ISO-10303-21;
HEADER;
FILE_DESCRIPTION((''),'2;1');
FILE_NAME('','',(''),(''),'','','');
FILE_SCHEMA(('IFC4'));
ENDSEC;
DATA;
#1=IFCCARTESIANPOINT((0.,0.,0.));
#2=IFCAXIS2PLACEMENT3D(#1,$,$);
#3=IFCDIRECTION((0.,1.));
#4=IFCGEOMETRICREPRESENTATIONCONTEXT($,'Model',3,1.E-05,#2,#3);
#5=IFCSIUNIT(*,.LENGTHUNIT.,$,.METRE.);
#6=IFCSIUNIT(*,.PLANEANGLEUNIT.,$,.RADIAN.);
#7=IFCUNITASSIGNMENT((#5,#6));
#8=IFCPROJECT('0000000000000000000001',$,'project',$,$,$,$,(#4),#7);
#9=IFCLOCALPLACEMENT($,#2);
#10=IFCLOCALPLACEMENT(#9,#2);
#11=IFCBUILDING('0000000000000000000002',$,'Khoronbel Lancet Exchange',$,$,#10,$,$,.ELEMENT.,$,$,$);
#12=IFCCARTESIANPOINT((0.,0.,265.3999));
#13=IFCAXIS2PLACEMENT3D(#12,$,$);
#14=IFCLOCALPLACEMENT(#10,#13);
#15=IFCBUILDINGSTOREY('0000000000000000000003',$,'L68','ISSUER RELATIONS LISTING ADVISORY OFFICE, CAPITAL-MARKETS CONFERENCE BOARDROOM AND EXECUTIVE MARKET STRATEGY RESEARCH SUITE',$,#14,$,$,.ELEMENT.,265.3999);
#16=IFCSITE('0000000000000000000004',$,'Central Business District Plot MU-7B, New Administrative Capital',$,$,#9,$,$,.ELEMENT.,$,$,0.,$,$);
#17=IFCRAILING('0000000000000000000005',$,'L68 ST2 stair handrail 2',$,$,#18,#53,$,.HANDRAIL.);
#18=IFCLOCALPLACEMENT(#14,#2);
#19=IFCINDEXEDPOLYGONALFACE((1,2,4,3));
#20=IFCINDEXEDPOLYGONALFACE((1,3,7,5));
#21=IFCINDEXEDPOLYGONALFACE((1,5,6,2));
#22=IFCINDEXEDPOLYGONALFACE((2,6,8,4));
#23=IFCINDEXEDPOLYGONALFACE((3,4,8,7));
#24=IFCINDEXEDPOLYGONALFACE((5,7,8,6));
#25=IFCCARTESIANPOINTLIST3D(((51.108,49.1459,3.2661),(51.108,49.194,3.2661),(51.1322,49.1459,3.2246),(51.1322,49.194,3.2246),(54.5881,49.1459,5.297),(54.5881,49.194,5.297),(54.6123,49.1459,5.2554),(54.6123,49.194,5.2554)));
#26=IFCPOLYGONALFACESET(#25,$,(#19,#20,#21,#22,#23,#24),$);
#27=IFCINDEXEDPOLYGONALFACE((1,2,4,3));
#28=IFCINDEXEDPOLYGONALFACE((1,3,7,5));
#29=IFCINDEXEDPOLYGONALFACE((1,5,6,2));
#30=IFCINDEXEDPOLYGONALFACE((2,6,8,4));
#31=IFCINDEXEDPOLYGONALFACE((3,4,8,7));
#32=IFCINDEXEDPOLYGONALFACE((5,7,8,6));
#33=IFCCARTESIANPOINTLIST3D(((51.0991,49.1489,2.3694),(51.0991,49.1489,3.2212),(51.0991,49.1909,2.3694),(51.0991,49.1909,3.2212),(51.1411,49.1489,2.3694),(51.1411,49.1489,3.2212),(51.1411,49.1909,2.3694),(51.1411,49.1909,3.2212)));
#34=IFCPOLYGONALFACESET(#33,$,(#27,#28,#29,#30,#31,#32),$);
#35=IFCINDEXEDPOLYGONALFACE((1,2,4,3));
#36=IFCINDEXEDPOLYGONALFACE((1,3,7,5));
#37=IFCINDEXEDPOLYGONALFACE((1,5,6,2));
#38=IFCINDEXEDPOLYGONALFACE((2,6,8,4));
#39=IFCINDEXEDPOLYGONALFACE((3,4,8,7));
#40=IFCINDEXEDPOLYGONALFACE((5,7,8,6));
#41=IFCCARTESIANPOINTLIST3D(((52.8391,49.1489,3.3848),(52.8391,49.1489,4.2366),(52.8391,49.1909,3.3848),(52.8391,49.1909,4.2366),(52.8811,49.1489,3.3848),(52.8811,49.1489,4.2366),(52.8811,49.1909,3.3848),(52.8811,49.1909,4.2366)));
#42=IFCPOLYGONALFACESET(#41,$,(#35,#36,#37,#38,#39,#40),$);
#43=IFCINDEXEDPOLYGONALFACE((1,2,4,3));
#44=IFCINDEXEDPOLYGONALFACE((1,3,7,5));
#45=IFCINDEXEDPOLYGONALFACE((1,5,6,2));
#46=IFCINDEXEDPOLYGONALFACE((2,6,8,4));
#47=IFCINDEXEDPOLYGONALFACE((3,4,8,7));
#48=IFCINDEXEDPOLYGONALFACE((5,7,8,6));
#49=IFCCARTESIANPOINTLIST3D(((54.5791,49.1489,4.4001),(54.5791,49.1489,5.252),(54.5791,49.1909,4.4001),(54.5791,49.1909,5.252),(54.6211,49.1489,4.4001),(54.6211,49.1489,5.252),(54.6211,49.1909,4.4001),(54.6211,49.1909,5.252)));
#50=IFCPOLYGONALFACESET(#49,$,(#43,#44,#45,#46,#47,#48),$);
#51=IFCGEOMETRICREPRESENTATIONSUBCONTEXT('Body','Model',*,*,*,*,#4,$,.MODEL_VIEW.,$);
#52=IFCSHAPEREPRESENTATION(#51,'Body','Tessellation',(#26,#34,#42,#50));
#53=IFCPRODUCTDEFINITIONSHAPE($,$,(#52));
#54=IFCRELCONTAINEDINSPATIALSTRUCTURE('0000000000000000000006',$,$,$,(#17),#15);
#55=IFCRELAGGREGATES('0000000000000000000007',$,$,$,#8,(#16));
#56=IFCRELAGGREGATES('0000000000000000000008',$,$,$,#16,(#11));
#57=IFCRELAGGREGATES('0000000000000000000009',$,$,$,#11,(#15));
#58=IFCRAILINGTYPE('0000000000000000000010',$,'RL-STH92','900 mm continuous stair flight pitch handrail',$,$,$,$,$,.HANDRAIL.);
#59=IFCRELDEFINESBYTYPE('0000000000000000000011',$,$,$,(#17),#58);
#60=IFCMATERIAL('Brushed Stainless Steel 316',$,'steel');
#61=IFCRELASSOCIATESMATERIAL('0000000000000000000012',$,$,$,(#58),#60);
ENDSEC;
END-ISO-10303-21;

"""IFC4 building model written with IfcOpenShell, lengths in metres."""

from ifc_helpers import new_model, si_unit, direction, frame, origin, origin_2d, place, context, subcontext, project, spatial, rectangle, extrude, material, type_object, element, save


model = new_model("IFC4")

# Units and contexts
model_context = context("Model", 3, precision=1e-05, world=origin(), true_north=direction((0.0, 1.0)))
body_context = subcontext(model_context, "Body", "Model", "MODEL_VIEW")
ifc_project = project(units=[si_unit("LENGTHUNIT", "METRE"), si_unit("PLANEANGLEUNIT", "RADIAN")], contexts=[model_context])

# Site, building, storey
site_placement = place(None, origin())
site = spatial("IfcSite", under=ifc_project, at=site_placement, Name="Central Business District Plot MU-7B, New Administrative Capital", CompositionType="ELEMENT", RefElevation=0.0)
building_placement = place(site_placement, origin())
building = spatial("IfcBuilding", under=site, at=building_placement, Name="Khoronbel Lancet Exchange", CompositionType="ELEMENT")
storey_placement = place(building_placement, frame((0.0, 0.0, 265.3999)))
storey = spatial("IfcBuildingStorey", under=building, at=storey_placement, Name="L68", Description="ISSUER RELATIONS LISTING ADVISORY OFFICE, CAPITAL-MARKETS CONFERENCE BOARDROOM AND EXECUTIVE MARKET STRATEGY RESEARCH SUITE", CompositionType="ELEMENT", Elevation=265.3999)

# Railing
ifc_material_1 = material(Name="Brushed Stainless Steel 316", Category="steel")
railing_type_1 = type_object("IfcRailingType", Name="RL-STH92", Description="900 mm continuous stair flight pitch handrail", PredefinedType="HANDRAIL", material=ifc_material_1)
railing_1_placement = place(storey_placement, frame((51.1201, 49.1699, 2.3694)))
element("IfcRailing", 1, at=railing_1_placement, inside=storey, type_object=railing_type_1, Name="L68 ST2 stair handrail 2", PredefinedType="HANDRAIL", context=body_context, shape_type="SweptSolid", body=[
    extrude(rectangle(XDim=0.0481, YDim=0.0481, at=origin_2d()), frame((0.0, 0.0, 0.876), z_axis=(0.863695, 0.0, 0.504014), x_axis=(0.0, 1.0, 0.0)), (0.0, 0.0, 1.0), 4.0293),
    extrude(rectangle(XDim=0.042, YDim=0.042, at=origin_2d()), origin(), (0.0, 0.0, 1.0), 0.8518),
    extrude(rectangle(XDim=0.042, YDim=0.042, at=origin_2d()), frame((1.74, 0.0, 1.0154)), (0.0, 0.0, 1.0), 0.8518),
    extrude(rectangle(XDim=0.042, YDim=0.042, at=origin_2d()), frame((3.48, 0.0, 2.0308)), (0.0, 0.0, 1.0), 0.8518),
])

save(model, "model.ifc")
